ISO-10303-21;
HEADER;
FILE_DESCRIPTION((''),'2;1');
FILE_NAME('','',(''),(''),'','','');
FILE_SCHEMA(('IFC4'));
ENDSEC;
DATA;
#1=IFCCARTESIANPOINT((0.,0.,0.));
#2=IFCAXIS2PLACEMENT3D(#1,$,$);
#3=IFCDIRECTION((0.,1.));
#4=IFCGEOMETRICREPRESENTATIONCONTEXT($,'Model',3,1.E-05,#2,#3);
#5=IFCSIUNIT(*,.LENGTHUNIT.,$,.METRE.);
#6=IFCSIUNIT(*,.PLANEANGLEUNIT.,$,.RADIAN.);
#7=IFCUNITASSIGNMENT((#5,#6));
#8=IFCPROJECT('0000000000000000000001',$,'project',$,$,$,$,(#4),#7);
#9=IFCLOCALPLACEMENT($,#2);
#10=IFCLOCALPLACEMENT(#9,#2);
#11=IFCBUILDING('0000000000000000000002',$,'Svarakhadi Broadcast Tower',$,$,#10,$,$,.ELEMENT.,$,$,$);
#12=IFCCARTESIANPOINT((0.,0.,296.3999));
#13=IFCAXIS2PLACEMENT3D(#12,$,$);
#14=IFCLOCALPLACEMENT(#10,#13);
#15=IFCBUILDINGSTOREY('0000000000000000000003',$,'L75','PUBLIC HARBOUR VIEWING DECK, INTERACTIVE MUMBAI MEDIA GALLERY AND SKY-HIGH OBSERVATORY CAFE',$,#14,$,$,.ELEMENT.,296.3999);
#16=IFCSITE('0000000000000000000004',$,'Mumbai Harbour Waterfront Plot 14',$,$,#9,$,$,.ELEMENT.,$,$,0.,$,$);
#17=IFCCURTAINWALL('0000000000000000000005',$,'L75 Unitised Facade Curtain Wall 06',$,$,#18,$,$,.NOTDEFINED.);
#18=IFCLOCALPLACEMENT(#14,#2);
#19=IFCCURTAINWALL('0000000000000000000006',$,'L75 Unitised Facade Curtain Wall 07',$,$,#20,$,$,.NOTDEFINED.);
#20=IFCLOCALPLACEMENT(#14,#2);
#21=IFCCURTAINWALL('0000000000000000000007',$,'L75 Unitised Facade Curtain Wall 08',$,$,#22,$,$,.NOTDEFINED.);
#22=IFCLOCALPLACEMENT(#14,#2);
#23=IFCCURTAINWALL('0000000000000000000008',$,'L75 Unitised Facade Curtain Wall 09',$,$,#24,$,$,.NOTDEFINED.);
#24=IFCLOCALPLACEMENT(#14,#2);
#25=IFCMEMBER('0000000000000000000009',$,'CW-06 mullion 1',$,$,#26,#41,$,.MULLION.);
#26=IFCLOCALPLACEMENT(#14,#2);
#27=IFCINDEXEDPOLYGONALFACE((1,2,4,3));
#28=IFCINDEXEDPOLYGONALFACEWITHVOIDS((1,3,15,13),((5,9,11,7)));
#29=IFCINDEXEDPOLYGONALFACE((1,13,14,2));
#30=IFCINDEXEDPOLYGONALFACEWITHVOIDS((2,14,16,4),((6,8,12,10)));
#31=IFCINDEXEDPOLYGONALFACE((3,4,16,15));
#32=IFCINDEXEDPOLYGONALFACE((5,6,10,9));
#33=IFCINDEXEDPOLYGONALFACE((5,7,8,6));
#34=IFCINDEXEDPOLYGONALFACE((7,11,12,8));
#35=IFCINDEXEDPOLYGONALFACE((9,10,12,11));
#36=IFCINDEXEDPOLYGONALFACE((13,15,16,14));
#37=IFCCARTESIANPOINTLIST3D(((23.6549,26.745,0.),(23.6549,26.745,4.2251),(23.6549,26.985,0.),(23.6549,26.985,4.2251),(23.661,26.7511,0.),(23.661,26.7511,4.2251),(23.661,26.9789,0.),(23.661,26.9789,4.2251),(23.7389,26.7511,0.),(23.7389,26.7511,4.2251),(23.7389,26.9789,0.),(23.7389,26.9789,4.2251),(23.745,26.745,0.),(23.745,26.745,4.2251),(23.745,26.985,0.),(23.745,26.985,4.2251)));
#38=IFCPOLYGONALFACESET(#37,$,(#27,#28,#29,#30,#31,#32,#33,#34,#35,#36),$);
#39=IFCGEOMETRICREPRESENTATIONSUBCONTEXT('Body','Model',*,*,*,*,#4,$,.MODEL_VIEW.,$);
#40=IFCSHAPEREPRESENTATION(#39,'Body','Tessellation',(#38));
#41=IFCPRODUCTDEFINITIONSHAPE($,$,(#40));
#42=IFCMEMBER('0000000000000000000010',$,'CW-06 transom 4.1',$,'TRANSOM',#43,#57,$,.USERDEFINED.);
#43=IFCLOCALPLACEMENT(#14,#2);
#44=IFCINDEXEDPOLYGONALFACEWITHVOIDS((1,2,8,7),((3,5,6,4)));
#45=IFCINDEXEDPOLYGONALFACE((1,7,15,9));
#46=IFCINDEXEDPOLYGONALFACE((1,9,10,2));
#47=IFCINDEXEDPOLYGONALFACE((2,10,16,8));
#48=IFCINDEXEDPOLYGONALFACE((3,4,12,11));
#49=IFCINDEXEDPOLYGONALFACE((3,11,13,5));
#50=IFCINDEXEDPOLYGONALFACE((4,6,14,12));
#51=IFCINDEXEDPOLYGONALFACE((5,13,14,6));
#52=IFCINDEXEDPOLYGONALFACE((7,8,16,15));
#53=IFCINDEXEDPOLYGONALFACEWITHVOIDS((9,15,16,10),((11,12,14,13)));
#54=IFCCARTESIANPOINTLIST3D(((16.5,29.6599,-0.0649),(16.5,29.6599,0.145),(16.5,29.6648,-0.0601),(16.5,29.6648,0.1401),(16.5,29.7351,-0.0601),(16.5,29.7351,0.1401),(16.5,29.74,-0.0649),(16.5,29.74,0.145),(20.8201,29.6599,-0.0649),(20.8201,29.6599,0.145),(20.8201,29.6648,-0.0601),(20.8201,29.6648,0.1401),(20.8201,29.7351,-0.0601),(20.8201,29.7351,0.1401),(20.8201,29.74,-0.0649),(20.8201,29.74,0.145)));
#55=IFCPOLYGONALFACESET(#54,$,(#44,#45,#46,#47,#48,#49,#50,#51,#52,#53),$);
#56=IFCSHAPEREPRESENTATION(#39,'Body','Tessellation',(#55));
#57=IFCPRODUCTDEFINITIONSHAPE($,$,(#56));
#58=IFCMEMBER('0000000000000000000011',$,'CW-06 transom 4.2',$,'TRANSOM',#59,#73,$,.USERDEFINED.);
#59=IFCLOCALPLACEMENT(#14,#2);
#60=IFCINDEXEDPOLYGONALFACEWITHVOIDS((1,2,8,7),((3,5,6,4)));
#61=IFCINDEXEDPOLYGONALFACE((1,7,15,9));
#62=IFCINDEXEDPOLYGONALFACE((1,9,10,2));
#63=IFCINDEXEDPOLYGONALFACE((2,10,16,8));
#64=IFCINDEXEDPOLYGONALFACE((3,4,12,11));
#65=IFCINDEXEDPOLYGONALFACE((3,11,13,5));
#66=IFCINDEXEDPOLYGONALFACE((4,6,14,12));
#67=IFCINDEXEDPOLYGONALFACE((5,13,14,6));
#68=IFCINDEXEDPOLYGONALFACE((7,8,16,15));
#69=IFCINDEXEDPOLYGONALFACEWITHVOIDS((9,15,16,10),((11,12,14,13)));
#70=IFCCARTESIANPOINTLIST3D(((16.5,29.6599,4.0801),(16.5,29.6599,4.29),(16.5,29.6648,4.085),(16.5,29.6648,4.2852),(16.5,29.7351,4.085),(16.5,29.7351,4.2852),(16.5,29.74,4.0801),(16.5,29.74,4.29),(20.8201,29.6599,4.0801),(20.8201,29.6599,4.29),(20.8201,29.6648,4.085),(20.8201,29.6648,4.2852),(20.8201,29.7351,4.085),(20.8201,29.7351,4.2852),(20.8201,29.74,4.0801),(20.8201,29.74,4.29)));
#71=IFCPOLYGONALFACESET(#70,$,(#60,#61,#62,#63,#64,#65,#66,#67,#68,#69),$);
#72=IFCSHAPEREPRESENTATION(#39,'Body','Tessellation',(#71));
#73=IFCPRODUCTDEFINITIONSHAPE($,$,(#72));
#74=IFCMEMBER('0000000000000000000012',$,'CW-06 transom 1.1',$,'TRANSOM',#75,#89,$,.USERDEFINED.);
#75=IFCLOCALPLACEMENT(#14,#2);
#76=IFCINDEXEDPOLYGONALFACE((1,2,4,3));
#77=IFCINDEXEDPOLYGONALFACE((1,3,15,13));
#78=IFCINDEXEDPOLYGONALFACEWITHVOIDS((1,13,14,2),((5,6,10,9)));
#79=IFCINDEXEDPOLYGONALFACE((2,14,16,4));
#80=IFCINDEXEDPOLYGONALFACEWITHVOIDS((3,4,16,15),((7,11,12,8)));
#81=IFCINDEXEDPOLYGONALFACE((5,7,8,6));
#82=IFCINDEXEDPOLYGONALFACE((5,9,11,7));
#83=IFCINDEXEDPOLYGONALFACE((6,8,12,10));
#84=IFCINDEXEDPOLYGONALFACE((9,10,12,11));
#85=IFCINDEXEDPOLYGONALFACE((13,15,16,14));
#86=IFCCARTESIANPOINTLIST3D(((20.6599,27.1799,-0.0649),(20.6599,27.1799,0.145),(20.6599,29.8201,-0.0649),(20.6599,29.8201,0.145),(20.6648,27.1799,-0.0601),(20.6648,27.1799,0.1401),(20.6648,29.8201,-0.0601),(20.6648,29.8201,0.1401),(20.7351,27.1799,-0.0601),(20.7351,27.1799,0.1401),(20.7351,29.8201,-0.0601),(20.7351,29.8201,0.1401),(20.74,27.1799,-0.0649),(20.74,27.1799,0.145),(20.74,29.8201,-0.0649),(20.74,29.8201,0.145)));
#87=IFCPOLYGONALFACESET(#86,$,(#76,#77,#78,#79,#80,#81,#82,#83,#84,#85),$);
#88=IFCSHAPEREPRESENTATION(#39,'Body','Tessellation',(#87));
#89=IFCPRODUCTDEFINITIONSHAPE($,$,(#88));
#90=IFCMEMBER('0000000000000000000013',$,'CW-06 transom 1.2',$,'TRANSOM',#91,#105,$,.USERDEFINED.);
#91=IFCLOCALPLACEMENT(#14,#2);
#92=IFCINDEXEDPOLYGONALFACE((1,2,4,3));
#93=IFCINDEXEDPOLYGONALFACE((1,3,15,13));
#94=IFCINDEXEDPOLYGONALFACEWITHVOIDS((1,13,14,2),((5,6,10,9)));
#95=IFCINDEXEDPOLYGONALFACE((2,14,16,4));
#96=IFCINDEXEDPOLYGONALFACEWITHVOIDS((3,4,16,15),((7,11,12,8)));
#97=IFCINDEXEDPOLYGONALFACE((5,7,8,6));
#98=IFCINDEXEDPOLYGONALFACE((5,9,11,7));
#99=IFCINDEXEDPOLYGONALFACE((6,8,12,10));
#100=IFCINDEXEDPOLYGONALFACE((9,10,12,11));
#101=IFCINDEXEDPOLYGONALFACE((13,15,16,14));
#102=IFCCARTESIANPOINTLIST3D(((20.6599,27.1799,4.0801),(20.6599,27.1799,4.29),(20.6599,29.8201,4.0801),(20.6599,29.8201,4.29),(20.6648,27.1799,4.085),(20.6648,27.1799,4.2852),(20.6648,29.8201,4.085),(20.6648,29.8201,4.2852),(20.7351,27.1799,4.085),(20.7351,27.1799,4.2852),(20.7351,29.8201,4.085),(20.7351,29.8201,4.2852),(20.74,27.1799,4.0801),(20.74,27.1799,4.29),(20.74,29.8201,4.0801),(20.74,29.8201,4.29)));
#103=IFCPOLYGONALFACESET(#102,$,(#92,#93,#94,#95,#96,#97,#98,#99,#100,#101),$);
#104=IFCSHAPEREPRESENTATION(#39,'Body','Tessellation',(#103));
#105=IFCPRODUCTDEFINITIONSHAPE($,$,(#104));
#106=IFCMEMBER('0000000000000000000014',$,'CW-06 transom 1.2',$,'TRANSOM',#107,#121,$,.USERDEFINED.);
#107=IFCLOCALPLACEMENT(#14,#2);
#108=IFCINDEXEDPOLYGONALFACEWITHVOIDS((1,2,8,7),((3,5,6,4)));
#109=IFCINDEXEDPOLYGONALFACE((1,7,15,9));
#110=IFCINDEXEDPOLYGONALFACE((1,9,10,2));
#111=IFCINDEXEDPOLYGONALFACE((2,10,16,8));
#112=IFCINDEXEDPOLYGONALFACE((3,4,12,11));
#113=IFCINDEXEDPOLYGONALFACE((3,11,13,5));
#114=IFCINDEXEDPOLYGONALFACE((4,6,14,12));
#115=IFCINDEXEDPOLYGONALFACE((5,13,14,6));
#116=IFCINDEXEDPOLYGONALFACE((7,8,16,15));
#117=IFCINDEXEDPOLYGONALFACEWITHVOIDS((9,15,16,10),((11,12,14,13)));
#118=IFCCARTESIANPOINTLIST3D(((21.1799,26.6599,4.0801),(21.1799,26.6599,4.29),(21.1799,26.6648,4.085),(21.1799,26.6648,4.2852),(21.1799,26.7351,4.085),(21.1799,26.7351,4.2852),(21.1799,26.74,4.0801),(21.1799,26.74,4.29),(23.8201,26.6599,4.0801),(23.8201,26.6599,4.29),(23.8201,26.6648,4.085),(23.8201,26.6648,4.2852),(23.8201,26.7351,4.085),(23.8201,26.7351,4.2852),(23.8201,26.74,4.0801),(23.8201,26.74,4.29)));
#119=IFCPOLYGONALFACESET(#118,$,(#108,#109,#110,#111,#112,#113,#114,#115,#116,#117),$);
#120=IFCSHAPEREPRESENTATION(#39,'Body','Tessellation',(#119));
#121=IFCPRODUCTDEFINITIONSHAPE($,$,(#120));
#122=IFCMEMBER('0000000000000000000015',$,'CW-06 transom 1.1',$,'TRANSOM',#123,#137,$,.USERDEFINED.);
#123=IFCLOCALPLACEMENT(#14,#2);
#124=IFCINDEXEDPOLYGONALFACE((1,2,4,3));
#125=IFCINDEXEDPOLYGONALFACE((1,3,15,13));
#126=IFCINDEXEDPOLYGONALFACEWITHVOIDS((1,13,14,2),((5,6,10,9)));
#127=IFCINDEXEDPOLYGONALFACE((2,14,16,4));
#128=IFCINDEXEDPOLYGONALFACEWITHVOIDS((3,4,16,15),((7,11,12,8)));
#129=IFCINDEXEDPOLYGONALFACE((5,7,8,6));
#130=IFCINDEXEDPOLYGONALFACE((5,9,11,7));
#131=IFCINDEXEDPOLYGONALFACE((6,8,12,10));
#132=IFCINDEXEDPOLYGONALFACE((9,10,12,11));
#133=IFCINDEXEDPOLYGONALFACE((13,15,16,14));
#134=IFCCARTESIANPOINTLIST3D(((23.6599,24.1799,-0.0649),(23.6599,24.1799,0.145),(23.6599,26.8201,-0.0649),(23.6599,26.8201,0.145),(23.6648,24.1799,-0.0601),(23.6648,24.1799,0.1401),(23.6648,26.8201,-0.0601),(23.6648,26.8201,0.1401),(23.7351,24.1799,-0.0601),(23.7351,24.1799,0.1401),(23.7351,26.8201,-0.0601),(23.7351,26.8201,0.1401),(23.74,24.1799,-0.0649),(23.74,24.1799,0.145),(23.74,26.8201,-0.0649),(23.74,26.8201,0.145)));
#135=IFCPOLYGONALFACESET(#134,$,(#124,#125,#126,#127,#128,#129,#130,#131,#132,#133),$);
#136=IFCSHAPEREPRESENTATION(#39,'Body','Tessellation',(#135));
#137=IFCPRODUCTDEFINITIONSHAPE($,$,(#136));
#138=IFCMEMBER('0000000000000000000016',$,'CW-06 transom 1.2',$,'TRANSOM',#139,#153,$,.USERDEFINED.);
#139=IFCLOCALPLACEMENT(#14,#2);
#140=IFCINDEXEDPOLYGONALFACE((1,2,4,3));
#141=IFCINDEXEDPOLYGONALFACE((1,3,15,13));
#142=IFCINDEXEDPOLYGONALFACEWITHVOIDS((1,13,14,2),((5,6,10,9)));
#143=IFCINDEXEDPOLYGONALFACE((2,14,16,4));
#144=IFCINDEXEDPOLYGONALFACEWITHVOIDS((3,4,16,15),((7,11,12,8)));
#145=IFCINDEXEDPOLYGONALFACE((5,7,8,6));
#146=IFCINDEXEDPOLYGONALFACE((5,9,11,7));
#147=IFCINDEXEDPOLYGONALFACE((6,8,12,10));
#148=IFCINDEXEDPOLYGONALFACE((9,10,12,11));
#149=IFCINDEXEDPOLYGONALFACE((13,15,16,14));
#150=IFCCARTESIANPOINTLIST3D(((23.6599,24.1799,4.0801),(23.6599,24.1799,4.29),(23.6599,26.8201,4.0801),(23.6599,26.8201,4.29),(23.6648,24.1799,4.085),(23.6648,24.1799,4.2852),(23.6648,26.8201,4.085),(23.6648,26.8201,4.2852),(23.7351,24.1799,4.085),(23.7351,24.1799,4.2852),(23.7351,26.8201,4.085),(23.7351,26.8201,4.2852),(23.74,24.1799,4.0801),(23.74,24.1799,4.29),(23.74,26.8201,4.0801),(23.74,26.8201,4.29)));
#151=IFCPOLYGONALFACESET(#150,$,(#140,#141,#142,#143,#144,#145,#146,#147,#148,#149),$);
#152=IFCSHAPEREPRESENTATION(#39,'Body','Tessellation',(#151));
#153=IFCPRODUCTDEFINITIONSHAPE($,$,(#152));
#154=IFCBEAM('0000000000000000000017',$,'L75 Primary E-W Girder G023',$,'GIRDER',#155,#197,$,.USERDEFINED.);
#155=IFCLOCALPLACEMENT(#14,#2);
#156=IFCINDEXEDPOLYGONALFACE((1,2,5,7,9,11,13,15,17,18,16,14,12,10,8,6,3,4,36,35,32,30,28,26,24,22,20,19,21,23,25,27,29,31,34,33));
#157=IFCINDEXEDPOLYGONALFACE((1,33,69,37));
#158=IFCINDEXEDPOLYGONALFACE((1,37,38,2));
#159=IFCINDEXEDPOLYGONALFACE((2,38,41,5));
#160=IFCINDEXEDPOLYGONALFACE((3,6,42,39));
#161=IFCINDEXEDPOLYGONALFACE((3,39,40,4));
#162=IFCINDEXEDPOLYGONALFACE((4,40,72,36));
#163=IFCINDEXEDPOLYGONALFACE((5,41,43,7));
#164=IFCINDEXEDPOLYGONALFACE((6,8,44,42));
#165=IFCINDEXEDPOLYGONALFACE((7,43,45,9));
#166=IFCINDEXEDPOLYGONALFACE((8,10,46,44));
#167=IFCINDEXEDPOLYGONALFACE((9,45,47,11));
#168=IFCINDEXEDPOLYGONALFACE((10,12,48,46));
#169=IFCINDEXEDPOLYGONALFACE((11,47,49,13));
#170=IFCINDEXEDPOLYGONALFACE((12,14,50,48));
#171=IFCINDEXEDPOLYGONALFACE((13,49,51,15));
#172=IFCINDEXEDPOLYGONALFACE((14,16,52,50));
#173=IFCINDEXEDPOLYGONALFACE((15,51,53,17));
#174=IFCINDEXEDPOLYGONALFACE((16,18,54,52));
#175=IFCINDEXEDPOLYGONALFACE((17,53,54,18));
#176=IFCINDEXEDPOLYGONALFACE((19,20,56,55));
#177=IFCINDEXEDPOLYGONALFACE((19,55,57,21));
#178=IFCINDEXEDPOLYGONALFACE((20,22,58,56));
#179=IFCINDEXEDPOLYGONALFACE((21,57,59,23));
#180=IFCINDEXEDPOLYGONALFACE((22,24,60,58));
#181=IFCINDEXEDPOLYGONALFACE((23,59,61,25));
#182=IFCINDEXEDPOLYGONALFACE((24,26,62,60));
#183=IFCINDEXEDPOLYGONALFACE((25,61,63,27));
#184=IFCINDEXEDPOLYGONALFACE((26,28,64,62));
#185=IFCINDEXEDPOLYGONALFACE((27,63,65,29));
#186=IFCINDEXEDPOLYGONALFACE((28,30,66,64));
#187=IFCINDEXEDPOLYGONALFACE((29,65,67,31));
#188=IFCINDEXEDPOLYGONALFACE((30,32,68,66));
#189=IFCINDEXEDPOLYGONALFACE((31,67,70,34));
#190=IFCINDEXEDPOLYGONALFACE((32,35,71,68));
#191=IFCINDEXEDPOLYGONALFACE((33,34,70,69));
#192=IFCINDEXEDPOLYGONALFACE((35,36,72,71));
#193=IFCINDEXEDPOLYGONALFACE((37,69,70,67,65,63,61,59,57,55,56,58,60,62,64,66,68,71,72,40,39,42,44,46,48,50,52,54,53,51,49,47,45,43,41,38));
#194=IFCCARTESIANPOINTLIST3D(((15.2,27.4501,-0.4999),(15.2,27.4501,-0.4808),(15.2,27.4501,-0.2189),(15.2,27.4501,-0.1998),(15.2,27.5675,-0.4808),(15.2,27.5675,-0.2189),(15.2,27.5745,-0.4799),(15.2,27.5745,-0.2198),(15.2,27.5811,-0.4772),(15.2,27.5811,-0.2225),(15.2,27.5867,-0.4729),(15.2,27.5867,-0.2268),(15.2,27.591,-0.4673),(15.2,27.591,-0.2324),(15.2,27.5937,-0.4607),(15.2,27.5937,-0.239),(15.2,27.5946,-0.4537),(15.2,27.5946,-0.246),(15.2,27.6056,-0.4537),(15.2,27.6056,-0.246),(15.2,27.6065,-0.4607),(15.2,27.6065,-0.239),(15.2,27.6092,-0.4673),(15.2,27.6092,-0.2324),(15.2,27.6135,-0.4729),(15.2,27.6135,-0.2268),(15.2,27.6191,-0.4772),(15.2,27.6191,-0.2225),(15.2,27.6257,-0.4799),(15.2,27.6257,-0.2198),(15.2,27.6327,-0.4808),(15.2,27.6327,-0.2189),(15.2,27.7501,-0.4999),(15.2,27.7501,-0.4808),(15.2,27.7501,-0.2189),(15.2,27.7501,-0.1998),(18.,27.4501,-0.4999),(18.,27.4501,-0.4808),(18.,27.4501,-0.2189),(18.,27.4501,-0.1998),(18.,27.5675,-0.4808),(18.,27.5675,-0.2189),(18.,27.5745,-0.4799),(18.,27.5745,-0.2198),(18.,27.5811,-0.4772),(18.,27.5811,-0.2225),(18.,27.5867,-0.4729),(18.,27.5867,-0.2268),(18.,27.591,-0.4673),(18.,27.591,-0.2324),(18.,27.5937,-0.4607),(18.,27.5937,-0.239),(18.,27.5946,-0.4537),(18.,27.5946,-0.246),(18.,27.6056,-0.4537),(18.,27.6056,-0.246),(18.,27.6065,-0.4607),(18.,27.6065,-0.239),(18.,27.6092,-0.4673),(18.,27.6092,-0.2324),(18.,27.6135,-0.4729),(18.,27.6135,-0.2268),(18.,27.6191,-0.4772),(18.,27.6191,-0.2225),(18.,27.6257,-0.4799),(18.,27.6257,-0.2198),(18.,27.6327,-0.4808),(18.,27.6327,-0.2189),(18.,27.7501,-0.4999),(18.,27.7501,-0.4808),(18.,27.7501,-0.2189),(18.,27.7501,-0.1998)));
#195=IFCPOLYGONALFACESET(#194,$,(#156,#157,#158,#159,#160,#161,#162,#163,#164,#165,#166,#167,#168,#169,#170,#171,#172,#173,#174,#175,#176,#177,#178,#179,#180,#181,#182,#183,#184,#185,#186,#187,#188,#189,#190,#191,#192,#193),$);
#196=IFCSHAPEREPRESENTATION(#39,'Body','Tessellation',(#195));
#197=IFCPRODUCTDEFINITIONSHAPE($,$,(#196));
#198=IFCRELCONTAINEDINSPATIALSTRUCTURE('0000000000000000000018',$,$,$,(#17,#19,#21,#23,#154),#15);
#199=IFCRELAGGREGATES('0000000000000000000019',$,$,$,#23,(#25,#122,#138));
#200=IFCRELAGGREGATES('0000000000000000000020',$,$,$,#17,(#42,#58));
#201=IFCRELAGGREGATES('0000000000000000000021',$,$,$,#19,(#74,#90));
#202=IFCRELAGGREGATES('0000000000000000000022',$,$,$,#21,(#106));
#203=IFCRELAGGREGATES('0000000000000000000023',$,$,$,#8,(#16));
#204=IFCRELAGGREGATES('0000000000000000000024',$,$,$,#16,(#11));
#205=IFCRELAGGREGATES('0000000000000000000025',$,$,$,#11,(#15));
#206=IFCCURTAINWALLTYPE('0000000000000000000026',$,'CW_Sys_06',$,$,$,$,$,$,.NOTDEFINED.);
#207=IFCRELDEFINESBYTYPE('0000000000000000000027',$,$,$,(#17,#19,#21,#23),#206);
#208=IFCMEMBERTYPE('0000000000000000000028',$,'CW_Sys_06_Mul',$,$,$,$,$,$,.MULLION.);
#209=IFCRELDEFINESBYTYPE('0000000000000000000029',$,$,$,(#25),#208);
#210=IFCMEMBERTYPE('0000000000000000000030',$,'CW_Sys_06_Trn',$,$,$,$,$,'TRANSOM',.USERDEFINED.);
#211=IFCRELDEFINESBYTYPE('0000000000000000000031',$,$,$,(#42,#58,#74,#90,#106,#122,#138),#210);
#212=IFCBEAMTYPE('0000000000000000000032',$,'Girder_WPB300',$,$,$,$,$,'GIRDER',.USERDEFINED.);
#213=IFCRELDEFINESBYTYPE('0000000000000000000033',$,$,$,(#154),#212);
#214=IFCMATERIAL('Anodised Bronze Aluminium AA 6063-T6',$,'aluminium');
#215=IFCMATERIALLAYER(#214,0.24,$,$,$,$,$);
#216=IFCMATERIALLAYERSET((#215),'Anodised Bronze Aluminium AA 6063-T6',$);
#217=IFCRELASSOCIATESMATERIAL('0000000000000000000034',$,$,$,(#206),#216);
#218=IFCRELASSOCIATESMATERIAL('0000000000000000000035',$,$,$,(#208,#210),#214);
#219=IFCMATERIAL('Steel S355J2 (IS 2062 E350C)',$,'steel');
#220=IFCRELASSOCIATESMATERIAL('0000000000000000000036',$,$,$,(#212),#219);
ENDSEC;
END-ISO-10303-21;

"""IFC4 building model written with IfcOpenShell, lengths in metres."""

from ifc_helpers import new_model, si_unit, direction, frame, origin, origin_2d, place, context, subcontext, project, spatial, hollow_rectangle, i_section, extrude, material, layer, layer_set, material_profile, profile_set, type_object, element, aggregate, save


model = new_model("IFC4")

# Units and contexts
model_context = context("Model", 3, precision=1e-05, world=origin(), true_north=direction((0.0, 1.0)))
body_context = subcontext(model_context, "Body", "Model", "MODEL_VIEW")
ifc_project = project(units=[si_unit("LENGTHUNIT", "METRE"), si_unit("PLANEANGLEUNIT", "RADIAN")], contexts=[model_context])

# Site, building, storey
site_placement = place(None, origin())
site = spatial("IfcSite", under=ifc_project, at=site_placement, Name="Mumbai Harbour Waterfront Plot 14", CompositionType="ELEMENT", RefElevation=0.0)
building_placement = place(site_placement, origin())
building = spatial("IfcBuilding", under=site, at=building_placement, Name="Svarakhadi Broadcast Tower", CompositionType="ELEMENT")
storey_placement = place(building_placement, frame((0.0, 0.0, 296.3999)))
storey = spatial("IfcBuildingStorey", under=building, at=storey_placement, Name="L75", Description="PUBLIC HARBOUR VIEWING DECK, INTERACTIVE MUMBAI MEDIA GALLERY AND SKY-HIGH OBSERVATORY CAFE", CompositionType="ELEMENT", Elevation=296.3999)

# Curtain walls
ifc_material_1 = material(Name="Anodised Bronze Aluminium AA 6063-T6", Category="aluminium")
ifc_layer_1 = layer(ifc_material_1, 0.24)
ifc_layer_set_1 = layer_set([ifc_layer_1], Name="Anodised Bronze Aluminium AA 6063-T6")
curtain_wall_type = type_object("IfcCurtainWallType", Name="CW_Sys_06", PredefinedType="NOTDEFINED", material=ifc_layer_set_1)
curtain_wall_1_placement = place(storey_placement, origin())
curtain_wall_1 = element("IfcCurtainWall", 1, at=curtain_wall_1_placement, inside=storey, type_object=curtain_wall_type, Name="L75 Unitised Facade Curtain Wall 06", PredefinedType="NOTDEFINED")
ifc_material_profile_1 = material_profile(ifc_material_1, hollow_rectangle(XDim=0.0901, YDim=0.24, WallThickness=0.0061, at=origin_2d()), Name="ALU MULLION 240x90x6")
ifc_profile_set_1 = profile_set([ifc_material_profile_1], Name="Anodised Bronze Aluminium AA 6063-T6")
member_type_1 = type_object("IfcMemberType", Name="CW_Sys_06_Mul", PredefinedType="MULLION", material=ifc_profile_set_1)
curtain_wall_2_placement = place(storey_placement, origin())
curtain_wall_2 = element("IfcCurtainWall", 2, at=curtain_wall_2_placement, inside=storey, type_object=curtain_wall_type, Name="L75 Unitised Facade Curtain Wall 07", PredefinedType="NOTDEFINED")

# Curtain walls, member
curtain_wall_3_placement = place(storey_placement, origin())
curtain_wall_3 = element("IfcCurtainWall", 3, at=curtain_wall_3_placement, inside=storey, type_object=curtain_wall_type, Name="L75 Unitised Facade Curtain Wall 08", PredefinedType="NOTDEFINED")
curtain_wall_4_placement = place(storey_placement, origin())
curtain_wall_4 = element("IfcCurtainWall", 4, at=curtain_wall_4_placement, inside=storey, type_object=curtain_wall_type, Name="L75 Unitised Facade Curtain Wall 09", PredefinedType="NOTDEFINED")
member_1_placement = place(storey_placement, frame((23.7, 26.865, 0.0), z_axis=(0.0, 0.0, 1.0), x_axis=(1.0, 0.0, 0.0)))
member_1 = element("IfcMember", 5, at=member_1_placement, type_object=member_type_1, Name="CW-06 mullion 1", PredefinedType="MULLION", context=body_context, shape_type="SweptSolid", body=[
    extrude(hollow_rectangle(XDim=0.0901, YDim=0.24, WallThickness=0.0061, at=origin_2d()), origin(), (0.0, 0.0, 1.0), 4.2251),
])

# Members
ifc_material_profile_2 = material_profile(ifc_material_1, hollow_rectangle(XDim=0.0801, YDim=0.21, WallThickness=0.0049, at=origin_2d()), Name="ALU TRANSOM 210x80x5")
ifc_profile_set_2 = profile_set([ifc_material_profile_2], Name="Anodised Bronze Aluminium AA 6063-T6")
member_type_2 = type_object("IfcMemberType", Name="CW_Sys_06_Trn", ElementType="TRANSOM", PredefinedType="USERDEFINED", material=ifc_profile_set_2)
member_2_placement = place(storey_placement, frame((16.5, 29.7, 0.04), z_axis=(1.0, 0.0, 0.0), x_axis=(0.0, 1.0, 0.0)))
member_2 = element("IfcMember", 6, at=member_2_placement, type_object=member_type_2, Name="CW-06 transom 4.1", ObjectType="TRANSOM", PredefinedType="USERDEFINED", context=body_context, shape_type="SweptSolid", body=[
    extrude(hollow_rectangle(XDim=0.0801, YDim=0.21, WallThickness=0.0049, at=origin_2d()), origin(), (0.0, 0.0, 1.0), 4.3201),
])
member_3_placement = place(storey_placement, frame((16.5, 29.7, 4.1851), z_axis=(1.0, 0.0, 0.0), x_axis=(0.0, 1.0, 0.0)))
member_3 = element("IfcMember", 7, at=member_3_placement, type_object=member_type_2, Name="CW-06 transom 4.2", ObjectType="TRANSOM", PredefinedType="USERDEFINED", context=body_context, shape_type="SweptSolid", body=[
    extrude(hollow_rectangle(XDim=0.0801, YDim=0.21, WallThickness=0.0049, at=origin_2d()), origin(), (0.0, 0.0, 1.0), 4.3201),
])
member_4_placement = place(storey_placement, frame((20.7, 29.8201, 0.04), z_axis=(0.0, -1.0, 0.0), x_axis=(1.0, 0.0, 0.0)))
member_4 = element("IfcMember", 8, at=member_4_placement, type_object=member_type_2, Name="CW-06 transom 1.1", ObjectType="TRANSOM", PredefinedType="USERDEFINED", context=body_context, shape_type="SweptSolid", body=[
    extrude(hollow_rectangle(XDim=0.0801, YDim=0.21, WallThickness=0.0049, at=origin_2d()), origin(), (0.0, 0.0, 1.0), 2.6401),
])
member_5_placement = place(storey_placement, frame((20.7, 29.8201, 4.1851), z_axis=(0.0, -1.0, 0.0), x_axis=(1.0, 0.0, 0.0)))
member_5 = element("IfcMember", 9, at=member_5_placement, type_object=member_type_2, Name="CW-06 transom 1.2", ObjectType="TRANSOM", PredefinedType="USERDEFINED", context=body_context, shape_type="SweptSolid", body=[
    extrude(hollow_rectangle(XDim=0.0801, YDim=0.21, WallThickness=0.0049, at=origin_2d()), origin(), (0.0, 0.0, 1.0), 2.6401),
])
member_6_placement = place(storey_placement, frame((21.1799, 26.7, 4.1851), z_axis=(1.0, 0.0, 0.0), x_axis=(0.0, 1.0, 0.0)))
member_6 = element("IfcMember", 10, at=member_6_placement, type_object=member_type_2, Name="CW-06 transom 1.2", ObjectType="TRANSOM", PredefinedType="USERDEFINED", context=body_context, shape_type="SweptSolid", body=[
    extrude(hollow_rectangle(XDim=0.0801, YDim=0.21, WallThickness=0.0049, at=origin_2d()), origin(), (0.0, 0.0, 1.0), 2.6401),
])
member_7_placement = place(storey_placement, frame((23.7, 26.8201, 0.04), z_axis=(0.0, -1.0, 0.0), x_axis=(1.0, 0.0, 0.0)))
member_7 = element("IfcMember", 11, at=member_7_placement, type_object=member_type_2, Name="CW-06 transom 1.1", ObjectType="TRANSOM", PredefinedType="USERDEFINED", context=body_context, shape_type="SweptSolid", body=[
    extrude(hollow_rectangle(XDim=0.0801, YDim=0.21, WallThickness=0.0049, at=origin_2d()), origin(), (0.0, 0.0, 1.0), 2.6401),
])
member_8_placement = place(storey_placement, frame((23.7, 26.8201, 4.1851), z_axis=(0.0, -1.0, 0.0), x_axis=(1.0, 0.0, 0.0)))
member_8 = element("IfcMember", 12, at=member_8_placement, type_object=member_type_2, Name="CW-06 transom 1.2", ObjectType="TRANSOM", PredefinedType="USERDEFINED", context=body_context, shape_type="SweptSolid", body=[
    extrude(hollow_rectangle(XDim=0.0801, YDim=0.21, WallThickness=0.0049, at=origin_2d()), origin(), (0.0, 0.0, 1.0), 2.6401),
])
aggregate(curtain_wall_4, [member_1, member_7, member_8])

# Beam
ifc_material_2 = material(Name="Steel S355J2 (IS 2062 E350C)", Category="steel")
ifc_material_profile_3 = material_profile(ifc_material_2, i_section(OverallWidth=0.3, OverallDepth=0.3, WebThickness=0.011, FlangeThickness=0.019, FilletRadius=0.0271, at=origin_2d()), Name="WPB 300x300x117")
ifc_profile_set_3 = profile_set([ifc_material_profile_3], Name="Steel S355J2 (IS 2062 E350C)")
beam_type = type_object("IfcBeamType", Name="Girder_WPB300", ElementType="GIRDER", PredefinedType="USERDEFINED", material=ifc_profile_set_3)
beam_placement = place(storey_placement, frame((15.2, 27.6001, -0.3499), z_axis=(1.0, 0.0, 0.0), x_axis=(0.0, 1.0, 0.0)))
element("IfcBeam", 13, at=beam_placement, inside=storey, type_object=beam_type, Name="L75 Primary E-W Girder G023", ObjectType="GIRDER", PredefinedType="USERDEFINED", context=body_context, shape_type="SweptSolid", body=[
    extrude(i_section(OverallWidth=0.3, OverallDepth=0.3, WebThickness=0.011, FlangeThickness=0.019, FilletRadius=0.0271, at=origin_2d()), origin(), (0.0, 0.0, 1.0), 2.8),
])

aggregate(curtain_wall_1, [member_2, member_3])
aggregate(curtain_wall_2, [member_4, member_5])
aggregate(curtain_wall_3, [member_6])

save(model, "model.ifc")
